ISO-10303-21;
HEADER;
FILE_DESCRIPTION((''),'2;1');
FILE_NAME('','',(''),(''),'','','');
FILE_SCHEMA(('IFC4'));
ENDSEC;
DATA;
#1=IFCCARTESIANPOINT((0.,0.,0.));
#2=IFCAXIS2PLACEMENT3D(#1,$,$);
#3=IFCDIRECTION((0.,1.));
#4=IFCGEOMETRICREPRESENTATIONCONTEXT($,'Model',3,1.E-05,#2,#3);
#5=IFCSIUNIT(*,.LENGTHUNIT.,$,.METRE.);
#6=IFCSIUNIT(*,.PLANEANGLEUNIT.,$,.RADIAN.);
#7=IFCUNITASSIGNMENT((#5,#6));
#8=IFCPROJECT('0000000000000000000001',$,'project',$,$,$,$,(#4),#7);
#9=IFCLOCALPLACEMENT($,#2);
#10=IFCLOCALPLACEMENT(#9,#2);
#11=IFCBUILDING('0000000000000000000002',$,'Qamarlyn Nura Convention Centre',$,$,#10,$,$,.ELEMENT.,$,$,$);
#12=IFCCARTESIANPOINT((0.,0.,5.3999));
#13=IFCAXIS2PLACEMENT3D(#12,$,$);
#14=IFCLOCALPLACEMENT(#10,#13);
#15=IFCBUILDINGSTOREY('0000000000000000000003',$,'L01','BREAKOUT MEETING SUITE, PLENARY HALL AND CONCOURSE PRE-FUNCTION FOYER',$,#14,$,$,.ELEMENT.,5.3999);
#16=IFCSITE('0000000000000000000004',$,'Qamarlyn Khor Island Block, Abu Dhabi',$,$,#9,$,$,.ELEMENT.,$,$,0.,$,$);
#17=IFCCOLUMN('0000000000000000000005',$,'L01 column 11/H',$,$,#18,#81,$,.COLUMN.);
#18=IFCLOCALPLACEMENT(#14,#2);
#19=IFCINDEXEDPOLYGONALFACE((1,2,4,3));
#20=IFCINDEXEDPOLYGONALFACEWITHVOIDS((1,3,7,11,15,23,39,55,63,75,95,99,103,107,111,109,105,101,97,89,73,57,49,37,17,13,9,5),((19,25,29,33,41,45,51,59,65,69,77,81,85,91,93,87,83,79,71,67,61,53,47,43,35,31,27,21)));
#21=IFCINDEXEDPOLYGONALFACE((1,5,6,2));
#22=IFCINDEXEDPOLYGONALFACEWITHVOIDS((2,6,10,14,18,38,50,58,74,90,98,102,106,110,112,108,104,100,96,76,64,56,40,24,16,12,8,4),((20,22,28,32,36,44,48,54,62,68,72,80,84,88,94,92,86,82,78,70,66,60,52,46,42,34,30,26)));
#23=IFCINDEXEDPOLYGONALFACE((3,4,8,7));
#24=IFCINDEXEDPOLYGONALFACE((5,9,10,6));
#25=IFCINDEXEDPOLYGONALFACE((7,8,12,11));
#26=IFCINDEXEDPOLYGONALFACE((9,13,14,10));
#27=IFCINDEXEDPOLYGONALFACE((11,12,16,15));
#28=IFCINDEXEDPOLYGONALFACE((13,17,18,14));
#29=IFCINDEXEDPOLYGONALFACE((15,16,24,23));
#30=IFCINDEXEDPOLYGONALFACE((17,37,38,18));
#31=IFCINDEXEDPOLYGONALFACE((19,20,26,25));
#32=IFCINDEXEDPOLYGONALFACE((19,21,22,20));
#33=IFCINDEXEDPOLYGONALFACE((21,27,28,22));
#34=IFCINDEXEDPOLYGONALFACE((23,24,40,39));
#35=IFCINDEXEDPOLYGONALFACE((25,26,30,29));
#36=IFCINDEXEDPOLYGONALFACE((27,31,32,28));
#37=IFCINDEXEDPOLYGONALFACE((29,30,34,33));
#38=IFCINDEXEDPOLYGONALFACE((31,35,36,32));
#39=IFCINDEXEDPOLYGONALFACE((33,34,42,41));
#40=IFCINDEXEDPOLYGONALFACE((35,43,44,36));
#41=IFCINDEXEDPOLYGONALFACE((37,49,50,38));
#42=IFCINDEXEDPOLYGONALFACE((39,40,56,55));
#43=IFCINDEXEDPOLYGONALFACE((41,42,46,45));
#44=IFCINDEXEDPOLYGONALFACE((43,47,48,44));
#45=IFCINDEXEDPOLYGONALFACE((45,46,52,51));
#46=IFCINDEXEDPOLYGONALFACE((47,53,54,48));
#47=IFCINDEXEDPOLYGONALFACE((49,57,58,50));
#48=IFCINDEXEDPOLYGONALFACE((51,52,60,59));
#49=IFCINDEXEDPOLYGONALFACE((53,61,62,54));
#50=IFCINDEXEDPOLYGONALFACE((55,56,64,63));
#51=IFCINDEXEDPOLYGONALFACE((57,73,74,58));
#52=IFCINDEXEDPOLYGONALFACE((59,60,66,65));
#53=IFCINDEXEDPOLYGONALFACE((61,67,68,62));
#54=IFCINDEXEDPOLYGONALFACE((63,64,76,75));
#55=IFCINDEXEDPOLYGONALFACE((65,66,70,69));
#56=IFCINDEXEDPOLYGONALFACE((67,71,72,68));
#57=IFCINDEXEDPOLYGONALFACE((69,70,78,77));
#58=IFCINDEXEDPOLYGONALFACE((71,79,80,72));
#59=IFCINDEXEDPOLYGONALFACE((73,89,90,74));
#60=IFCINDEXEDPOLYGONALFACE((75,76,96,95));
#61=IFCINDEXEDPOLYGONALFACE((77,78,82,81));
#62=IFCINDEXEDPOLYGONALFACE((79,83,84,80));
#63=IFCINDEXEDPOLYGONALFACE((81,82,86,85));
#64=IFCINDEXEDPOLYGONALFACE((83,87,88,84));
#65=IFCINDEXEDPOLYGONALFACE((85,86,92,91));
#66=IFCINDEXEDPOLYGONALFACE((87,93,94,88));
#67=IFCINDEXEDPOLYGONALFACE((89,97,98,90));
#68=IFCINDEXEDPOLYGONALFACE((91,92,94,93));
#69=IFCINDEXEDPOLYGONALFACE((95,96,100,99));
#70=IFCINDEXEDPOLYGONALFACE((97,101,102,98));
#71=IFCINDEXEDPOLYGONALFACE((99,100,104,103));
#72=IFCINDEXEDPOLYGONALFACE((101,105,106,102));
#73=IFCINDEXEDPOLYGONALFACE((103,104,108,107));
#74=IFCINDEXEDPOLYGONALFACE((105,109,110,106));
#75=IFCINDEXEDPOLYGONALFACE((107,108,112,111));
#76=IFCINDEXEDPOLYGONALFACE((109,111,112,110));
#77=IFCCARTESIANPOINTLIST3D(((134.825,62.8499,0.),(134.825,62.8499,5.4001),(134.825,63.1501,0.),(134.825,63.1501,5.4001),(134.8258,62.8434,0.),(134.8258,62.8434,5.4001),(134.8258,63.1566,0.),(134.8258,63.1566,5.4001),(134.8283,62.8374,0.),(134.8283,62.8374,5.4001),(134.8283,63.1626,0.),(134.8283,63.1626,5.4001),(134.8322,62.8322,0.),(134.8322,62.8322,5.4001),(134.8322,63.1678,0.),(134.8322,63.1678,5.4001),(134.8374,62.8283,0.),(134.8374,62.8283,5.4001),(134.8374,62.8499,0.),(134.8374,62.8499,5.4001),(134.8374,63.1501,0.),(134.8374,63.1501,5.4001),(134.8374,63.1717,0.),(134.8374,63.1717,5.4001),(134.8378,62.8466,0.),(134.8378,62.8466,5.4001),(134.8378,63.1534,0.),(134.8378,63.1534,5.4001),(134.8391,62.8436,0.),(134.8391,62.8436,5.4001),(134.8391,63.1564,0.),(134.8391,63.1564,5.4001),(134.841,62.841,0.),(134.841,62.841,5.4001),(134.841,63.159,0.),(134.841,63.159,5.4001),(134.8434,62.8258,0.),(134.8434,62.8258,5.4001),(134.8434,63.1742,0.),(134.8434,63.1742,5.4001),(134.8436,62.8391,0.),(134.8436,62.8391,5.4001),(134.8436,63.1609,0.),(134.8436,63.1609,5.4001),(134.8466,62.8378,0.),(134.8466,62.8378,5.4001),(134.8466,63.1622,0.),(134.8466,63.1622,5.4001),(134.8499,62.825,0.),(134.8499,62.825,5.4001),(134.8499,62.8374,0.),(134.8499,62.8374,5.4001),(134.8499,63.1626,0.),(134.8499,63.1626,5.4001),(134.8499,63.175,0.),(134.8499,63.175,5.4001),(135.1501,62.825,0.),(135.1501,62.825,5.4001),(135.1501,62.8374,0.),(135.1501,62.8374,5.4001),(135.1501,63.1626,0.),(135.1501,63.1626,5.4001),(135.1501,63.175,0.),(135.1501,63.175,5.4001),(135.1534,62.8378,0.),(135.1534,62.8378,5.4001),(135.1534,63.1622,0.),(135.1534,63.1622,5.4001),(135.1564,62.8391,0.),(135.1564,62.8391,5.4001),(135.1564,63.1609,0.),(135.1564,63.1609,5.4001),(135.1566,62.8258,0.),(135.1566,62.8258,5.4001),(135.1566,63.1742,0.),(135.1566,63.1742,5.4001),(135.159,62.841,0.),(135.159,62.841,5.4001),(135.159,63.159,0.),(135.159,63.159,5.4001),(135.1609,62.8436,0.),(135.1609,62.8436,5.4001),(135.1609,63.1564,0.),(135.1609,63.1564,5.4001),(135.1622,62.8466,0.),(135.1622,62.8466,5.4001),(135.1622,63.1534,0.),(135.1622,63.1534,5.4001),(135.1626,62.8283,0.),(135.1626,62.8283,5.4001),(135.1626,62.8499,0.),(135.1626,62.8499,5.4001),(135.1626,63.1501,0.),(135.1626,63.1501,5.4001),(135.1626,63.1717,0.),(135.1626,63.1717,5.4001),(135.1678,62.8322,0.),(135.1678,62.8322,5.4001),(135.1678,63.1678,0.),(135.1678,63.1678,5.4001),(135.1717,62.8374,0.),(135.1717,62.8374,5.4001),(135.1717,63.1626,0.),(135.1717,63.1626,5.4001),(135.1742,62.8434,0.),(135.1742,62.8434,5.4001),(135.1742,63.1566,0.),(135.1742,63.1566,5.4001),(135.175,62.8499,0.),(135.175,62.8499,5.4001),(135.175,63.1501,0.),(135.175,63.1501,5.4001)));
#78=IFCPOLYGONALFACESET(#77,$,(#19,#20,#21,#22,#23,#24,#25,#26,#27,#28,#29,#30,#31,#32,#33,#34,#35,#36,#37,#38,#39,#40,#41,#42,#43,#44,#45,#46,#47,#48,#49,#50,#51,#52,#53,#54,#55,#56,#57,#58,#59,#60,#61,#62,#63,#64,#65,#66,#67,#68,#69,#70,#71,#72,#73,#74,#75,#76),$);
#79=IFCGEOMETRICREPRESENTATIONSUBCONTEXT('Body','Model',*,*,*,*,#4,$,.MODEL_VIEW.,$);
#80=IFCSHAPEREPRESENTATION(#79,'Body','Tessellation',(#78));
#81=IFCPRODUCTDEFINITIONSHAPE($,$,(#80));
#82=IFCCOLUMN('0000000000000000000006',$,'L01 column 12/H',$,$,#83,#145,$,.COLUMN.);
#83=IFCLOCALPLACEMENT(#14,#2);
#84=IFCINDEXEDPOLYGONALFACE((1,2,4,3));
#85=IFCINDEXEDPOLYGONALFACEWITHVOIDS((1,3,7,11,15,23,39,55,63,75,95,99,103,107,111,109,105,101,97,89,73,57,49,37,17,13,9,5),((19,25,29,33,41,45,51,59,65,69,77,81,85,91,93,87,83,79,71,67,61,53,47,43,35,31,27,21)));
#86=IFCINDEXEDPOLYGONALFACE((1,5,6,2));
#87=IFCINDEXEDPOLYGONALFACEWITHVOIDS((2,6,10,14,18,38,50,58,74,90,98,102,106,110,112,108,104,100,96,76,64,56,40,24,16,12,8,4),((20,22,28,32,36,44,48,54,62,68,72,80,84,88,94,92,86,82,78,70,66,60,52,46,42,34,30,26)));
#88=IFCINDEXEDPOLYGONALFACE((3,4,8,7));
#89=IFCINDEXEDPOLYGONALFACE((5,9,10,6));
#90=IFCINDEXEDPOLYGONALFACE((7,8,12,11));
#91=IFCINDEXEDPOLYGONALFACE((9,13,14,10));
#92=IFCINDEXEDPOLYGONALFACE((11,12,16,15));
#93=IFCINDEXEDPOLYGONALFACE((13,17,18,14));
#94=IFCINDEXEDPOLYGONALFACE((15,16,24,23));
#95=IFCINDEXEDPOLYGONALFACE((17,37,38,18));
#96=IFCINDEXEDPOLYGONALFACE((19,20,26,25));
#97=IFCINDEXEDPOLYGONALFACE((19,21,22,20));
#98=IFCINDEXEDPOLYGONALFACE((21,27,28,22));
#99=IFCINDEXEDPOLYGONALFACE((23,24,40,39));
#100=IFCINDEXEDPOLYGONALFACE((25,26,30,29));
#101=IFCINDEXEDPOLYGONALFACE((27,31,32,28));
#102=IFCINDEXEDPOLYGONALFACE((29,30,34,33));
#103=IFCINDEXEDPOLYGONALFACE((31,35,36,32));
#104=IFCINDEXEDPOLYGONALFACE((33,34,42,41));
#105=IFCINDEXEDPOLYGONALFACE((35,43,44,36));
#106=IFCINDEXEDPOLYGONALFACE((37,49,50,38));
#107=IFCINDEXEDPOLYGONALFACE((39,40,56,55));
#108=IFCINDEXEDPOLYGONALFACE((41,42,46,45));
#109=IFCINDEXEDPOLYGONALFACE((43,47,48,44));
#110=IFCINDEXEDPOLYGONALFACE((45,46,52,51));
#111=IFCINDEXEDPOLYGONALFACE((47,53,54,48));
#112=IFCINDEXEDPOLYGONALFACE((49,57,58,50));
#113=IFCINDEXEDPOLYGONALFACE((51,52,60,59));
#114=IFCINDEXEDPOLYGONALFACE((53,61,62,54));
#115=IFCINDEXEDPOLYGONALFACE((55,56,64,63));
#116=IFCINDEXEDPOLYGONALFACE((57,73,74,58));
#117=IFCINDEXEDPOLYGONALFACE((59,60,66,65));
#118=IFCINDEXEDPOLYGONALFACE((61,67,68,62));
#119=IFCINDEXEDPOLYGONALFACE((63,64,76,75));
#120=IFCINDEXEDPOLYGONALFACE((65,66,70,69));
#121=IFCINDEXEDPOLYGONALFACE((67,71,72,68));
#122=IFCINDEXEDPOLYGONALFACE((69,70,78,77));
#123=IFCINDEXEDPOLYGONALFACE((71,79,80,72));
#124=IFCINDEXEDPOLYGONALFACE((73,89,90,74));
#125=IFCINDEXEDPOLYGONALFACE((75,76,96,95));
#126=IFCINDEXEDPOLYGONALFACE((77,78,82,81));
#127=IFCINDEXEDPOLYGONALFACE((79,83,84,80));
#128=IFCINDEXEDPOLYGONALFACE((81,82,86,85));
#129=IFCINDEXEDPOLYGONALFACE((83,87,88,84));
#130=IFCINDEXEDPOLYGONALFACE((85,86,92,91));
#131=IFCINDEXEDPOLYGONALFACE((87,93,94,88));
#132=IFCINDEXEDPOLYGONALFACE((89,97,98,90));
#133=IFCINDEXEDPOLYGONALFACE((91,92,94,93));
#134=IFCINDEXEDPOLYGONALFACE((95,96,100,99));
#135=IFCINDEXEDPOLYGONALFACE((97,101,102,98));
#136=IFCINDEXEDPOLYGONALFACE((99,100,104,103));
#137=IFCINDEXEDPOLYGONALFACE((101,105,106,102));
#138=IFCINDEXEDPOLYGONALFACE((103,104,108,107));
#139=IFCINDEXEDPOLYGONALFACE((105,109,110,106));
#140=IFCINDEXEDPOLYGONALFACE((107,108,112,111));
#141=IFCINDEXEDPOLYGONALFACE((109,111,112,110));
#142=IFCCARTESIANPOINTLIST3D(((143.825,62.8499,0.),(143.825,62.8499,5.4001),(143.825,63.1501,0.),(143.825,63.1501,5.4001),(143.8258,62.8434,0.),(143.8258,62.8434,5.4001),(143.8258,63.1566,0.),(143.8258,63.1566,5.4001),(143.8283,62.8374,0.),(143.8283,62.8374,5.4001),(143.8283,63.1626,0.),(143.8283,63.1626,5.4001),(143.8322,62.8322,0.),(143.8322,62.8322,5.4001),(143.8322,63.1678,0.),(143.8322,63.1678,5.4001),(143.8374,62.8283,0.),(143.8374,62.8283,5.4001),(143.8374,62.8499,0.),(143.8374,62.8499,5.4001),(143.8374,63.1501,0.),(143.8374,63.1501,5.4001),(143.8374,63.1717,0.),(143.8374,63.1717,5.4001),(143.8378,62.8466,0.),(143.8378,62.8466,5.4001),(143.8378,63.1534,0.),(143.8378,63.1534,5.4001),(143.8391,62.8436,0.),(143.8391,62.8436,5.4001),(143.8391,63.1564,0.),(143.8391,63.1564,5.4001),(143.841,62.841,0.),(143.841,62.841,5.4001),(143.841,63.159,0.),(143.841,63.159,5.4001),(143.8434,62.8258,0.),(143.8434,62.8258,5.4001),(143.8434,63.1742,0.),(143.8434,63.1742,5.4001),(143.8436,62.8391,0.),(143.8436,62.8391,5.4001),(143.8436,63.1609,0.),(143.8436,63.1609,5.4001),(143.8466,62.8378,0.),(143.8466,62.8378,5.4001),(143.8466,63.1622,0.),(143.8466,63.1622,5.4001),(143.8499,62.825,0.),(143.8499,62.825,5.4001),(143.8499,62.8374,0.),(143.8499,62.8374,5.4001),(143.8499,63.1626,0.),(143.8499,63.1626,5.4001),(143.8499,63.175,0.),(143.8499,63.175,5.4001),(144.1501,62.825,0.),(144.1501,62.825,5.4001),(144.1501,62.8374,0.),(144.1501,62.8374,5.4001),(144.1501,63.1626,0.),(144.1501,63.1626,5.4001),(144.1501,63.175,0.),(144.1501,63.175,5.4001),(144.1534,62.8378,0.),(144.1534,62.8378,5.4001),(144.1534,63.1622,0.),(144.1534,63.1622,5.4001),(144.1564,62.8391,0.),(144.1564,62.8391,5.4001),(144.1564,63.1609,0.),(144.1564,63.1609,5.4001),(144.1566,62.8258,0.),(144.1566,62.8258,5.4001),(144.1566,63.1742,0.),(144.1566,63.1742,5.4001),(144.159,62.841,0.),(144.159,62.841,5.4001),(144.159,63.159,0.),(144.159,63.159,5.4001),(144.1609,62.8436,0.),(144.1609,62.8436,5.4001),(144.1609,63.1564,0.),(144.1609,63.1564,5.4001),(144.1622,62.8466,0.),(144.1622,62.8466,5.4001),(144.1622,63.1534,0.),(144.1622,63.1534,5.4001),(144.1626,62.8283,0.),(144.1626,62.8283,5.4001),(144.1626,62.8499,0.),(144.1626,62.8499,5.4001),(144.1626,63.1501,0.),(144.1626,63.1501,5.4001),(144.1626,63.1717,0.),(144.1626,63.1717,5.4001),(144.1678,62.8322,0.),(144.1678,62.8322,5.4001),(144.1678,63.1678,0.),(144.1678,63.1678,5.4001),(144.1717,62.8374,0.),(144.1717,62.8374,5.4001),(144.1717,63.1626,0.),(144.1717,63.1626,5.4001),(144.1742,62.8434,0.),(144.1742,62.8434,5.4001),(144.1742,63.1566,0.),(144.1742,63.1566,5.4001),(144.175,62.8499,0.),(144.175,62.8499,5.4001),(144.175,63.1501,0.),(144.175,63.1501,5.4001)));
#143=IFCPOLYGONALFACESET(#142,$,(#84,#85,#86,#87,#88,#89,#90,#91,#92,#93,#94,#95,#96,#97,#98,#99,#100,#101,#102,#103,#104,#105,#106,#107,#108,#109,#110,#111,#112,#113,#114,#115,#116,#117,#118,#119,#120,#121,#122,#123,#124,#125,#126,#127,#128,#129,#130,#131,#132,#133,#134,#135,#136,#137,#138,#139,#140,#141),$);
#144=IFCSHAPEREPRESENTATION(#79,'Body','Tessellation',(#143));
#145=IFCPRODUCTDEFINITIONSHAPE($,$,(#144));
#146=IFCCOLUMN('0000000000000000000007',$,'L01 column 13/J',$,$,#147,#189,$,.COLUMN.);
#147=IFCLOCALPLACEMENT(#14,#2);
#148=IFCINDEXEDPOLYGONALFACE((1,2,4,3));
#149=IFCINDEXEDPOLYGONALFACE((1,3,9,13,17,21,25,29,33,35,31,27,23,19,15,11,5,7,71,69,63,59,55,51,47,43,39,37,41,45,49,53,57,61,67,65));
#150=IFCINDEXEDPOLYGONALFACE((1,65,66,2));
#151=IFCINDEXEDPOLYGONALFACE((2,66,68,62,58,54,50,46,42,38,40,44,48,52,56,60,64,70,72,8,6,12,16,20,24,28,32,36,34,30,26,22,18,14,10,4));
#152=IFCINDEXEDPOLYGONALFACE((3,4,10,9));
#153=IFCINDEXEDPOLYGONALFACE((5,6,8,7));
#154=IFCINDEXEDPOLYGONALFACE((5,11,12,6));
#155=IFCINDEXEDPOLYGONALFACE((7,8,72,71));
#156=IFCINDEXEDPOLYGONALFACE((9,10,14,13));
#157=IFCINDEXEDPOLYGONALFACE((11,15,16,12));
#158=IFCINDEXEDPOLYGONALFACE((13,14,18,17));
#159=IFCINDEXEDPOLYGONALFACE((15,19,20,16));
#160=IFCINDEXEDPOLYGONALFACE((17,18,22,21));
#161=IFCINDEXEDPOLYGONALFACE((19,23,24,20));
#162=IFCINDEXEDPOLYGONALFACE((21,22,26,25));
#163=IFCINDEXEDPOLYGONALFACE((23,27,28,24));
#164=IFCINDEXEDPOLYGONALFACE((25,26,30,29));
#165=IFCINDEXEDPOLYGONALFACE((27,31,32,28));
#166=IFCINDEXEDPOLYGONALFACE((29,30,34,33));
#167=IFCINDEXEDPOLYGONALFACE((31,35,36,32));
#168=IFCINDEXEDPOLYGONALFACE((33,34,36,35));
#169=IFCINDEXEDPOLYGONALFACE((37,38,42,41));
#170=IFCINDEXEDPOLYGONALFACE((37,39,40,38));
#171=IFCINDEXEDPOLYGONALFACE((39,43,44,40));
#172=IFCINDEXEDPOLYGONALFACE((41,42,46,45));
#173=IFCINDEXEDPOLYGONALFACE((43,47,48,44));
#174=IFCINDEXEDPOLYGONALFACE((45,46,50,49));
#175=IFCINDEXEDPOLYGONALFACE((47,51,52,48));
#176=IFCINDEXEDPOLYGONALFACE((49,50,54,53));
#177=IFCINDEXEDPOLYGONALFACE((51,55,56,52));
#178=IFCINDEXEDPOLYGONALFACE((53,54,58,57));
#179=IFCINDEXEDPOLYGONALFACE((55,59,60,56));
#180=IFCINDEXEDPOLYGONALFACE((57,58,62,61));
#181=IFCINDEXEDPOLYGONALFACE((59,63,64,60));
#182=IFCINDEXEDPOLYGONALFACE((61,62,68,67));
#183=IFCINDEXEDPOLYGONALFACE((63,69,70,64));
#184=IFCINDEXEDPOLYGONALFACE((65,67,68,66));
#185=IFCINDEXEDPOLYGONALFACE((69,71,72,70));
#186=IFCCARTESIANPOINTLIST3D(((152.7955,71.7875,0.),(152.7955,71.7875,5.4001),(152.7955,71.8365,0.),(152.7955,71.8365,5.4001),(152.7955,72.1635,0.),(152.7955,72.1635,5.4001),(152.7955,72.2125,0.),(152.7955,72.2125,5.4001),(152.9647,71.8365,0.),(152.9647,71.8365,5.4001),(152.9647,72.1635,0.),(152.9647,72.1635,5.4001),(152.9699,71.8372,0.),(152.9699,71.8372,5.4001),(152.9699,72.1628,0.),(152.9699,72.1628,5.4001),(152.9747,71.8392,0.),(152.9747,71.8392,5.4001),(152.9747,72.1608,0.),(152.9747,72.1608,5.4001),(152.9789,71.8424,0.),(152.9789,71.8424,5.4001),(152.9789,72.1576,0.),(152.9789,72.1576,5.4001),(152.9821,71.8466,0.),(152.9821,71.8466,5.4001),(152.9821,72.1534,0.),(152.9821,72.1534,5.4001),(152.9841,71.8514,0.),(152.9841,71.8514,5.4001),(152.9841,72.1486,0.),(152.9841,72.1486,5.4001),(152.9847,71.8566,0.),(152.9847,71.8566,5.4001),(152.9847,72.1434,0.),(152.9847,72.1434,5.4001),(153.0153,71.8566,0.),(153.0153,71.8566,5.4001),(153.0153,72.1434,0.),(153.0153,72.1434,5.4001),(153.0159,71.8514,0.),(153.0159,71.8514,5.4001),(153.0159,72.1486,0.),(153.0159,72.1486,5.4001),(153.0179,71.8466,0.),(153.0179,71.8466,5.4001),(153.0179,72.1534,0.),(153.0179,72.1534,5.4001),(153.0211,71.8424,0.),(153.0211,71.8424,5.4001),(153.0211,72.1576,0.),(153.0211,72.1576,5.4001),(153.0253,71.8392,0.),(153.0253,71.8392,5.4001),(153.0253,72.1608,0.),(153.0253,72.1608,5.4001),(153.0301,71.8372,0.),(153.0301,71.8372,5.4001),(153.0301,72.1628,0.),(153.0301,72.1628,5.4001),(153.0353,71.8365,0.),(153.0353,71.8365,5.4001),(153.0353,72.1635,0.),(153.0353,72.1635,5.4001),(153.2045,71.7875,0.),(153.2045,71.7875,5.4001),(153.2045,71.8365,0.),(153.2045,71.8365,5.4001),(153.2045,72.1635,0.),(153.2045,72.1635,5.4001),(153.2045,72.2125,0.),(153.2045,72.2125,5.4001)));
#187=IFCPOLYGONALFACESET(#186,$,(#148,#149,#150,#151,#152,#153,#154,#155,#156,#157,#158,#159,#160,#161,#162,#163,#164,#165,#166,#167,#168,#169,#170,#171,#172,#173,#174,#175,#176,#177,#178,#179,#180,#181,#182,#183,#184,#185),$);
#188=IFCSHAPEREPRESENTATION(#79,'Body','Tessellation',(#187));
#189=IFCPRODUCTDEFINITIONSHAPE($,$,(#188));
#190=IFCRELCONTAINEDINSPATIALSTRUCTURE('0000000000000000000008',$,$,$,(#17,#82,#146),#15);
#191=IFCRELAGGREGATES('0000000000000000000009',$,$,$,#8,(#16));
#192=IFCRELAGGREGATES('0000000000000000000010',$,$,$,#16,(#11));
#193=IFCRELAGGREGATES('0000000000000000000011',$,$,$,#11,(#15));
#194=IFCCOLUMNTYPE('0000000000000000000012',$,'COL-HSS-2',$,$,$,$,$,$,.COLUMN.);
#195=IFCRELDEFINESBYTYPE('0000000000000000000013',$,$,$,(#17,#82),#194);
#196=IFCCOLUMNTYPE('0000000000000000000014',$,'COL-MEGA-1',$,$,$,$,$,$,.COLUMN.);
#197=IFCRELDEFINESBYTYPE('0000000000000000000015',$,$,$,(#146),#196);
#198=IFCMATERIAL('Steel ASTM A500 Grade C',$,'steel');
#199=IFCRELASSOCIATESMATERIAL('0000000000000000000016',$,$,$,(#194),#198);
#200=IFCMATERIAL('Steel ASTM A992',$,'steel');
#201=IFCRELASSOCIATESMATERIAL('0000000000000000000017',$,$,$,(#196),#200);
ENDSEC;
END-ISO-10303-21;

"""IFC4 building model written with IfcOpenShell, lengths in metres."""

from ifc_helpers import new_model, si_unit, direction, frame, origin, origin_2d, place, context, subcontext, project, spatial, hollow_rectangle, i_section, extrude, material, material_profile, profile_set, type_object, element, save


model = new_model("IFC4")

# Units and contexts
model_context = context("Model", 3, precision=1e-05, world=origin(), true_north=direction((0.0, 1.0)))
body_context = subcontext(model_context, "Body", "Model", "MODEL_VIEW")
ifc_project = project(units=[si_unit("LENGTHUNIT", "METRE"), si_unit("PLANEANGLEUNIT", "RADIAN")], contexts=[model_context])

# Site, building, storey
site_placement = place(None, origin())
site = spatial("IfcSite", under=ifc_project, at=site_placement, Name="Qamarlyn Khor Island Block, Abu Dhabi", CompositionType="ELEMENT", RefElevation=0.0)
building_placement = place(site_placement, origin())
building = spatial("IfcBuilding", under=site, at=building_placement, Name="Qamarlyn Nura Convention Centre", CompositionType="ELEMENT")
storey_placement = place(building_placement, frame((0.0, 0.0, 5.3999)))
storey = spatial("IfcBuildingStorey", under=building, at=storey_placement, Name="L01", Description="BREAKOUT MEETING SUITE, PLENARY HALL AND CONCOURSE PRE-FUNCTION FOYER", CompositionType="ELEMENT", Elevation=5.3999)

# Columns
ifc_material_1 = material(Name="Steel ASTM A500 Grade C", Category="steel")
ifc_material_profile_1 = material_profile(ifc_material_1, hollow_rectangle(XDim=0.3501, YDim=0.3501, WallThickness=0.0125, InnerFilletRadius=0.0125, OuterFilletRadius=0.0249, at=origin_2d()), Name="HSS350X350X12.5")
ifc_profile_set_1 = profile_set([ifc_material_profile_1], Name="Steel ASTM A500 Grade C")
column_type_1 = type_object("IfcColumnType", Name="COL-HSS-2", PredefinedType="COLUMN", material=ifc_profile_set_1)
for number, where, z_axis, x_axis, name in (
    (1, (135.0, 63.0, 0.0), (0.0, 0.0, 1.0), (1.0, 0.0, 0.0), "L01 column 11/H"),
    (2, (144.0, 63.0, 0.0), (0.0, 0.0, 1.0), (1.0, 0.0, 0.0), "L01 column 12/H"),
):
    element("IfcColumn", number, at=place(storey_placement, frame(where, z_axis=z_axis, x_axis=x_axis)), inside=storey, type_object=column_type_1, Name=name, PredefinedType="COLUMN", context=body_context, shape_type="SweptSolid", body=[
        extrude(hollow_rectangle(XDim=0.3501, YDim=0.3501, WallThickness=0.0125, InnerFilletRadius=0.0125, OuterFilletRadius=0.0249, at=origin_2d()), origin(), (0.0, 0.0, 1.0), 5.4001),
    ])
ifc_material_2 = material(Name="Steel ASTM A992", Category="steel")
ifc_material_profile_2 = material_profile(ifc_material_2, i_section(OverallWidth=0.4089, OverallDepth=0.425, WebThickness=0.0305, FlangeThickness=0.0491, FilletRadius=0.02, at=origin_2d()), Name="W360X421")
ifc_profile_set_2 = profile_set([ifc_material_profile_2], Name="Steel ASTM A992")
column_type_2 = type_object("IfcColumnType", Name="COL-MEGA-1", PredefinedType="COLUMN", material=ifc_profile_set_2)
column_1_placement = place(storey_placement, frame((153.0, 72.0, 0.0), z_axis=(0.0, 0.0, 1.0), x_axis=(1.0, 0.0, 0.0)))
element("IfcColumn", 3, at=column_1_placement, inside=storey, type_object=column_type_2, Name="L01 column 13/J", PredefinedType="COLUMN", context=body_context, shape_type="SweptSolid", body=[
    extrude(i_section(OverallWidth=0.4089, OverallDepth=0.425, WebThickness=0.0305, FlangeThickness=0.0491, FilletRadius=0.02, at=origin_2d()), origin(), (0.0, 0.0, 1.0), 5.4001),
])

save(model, "model.ifc")
